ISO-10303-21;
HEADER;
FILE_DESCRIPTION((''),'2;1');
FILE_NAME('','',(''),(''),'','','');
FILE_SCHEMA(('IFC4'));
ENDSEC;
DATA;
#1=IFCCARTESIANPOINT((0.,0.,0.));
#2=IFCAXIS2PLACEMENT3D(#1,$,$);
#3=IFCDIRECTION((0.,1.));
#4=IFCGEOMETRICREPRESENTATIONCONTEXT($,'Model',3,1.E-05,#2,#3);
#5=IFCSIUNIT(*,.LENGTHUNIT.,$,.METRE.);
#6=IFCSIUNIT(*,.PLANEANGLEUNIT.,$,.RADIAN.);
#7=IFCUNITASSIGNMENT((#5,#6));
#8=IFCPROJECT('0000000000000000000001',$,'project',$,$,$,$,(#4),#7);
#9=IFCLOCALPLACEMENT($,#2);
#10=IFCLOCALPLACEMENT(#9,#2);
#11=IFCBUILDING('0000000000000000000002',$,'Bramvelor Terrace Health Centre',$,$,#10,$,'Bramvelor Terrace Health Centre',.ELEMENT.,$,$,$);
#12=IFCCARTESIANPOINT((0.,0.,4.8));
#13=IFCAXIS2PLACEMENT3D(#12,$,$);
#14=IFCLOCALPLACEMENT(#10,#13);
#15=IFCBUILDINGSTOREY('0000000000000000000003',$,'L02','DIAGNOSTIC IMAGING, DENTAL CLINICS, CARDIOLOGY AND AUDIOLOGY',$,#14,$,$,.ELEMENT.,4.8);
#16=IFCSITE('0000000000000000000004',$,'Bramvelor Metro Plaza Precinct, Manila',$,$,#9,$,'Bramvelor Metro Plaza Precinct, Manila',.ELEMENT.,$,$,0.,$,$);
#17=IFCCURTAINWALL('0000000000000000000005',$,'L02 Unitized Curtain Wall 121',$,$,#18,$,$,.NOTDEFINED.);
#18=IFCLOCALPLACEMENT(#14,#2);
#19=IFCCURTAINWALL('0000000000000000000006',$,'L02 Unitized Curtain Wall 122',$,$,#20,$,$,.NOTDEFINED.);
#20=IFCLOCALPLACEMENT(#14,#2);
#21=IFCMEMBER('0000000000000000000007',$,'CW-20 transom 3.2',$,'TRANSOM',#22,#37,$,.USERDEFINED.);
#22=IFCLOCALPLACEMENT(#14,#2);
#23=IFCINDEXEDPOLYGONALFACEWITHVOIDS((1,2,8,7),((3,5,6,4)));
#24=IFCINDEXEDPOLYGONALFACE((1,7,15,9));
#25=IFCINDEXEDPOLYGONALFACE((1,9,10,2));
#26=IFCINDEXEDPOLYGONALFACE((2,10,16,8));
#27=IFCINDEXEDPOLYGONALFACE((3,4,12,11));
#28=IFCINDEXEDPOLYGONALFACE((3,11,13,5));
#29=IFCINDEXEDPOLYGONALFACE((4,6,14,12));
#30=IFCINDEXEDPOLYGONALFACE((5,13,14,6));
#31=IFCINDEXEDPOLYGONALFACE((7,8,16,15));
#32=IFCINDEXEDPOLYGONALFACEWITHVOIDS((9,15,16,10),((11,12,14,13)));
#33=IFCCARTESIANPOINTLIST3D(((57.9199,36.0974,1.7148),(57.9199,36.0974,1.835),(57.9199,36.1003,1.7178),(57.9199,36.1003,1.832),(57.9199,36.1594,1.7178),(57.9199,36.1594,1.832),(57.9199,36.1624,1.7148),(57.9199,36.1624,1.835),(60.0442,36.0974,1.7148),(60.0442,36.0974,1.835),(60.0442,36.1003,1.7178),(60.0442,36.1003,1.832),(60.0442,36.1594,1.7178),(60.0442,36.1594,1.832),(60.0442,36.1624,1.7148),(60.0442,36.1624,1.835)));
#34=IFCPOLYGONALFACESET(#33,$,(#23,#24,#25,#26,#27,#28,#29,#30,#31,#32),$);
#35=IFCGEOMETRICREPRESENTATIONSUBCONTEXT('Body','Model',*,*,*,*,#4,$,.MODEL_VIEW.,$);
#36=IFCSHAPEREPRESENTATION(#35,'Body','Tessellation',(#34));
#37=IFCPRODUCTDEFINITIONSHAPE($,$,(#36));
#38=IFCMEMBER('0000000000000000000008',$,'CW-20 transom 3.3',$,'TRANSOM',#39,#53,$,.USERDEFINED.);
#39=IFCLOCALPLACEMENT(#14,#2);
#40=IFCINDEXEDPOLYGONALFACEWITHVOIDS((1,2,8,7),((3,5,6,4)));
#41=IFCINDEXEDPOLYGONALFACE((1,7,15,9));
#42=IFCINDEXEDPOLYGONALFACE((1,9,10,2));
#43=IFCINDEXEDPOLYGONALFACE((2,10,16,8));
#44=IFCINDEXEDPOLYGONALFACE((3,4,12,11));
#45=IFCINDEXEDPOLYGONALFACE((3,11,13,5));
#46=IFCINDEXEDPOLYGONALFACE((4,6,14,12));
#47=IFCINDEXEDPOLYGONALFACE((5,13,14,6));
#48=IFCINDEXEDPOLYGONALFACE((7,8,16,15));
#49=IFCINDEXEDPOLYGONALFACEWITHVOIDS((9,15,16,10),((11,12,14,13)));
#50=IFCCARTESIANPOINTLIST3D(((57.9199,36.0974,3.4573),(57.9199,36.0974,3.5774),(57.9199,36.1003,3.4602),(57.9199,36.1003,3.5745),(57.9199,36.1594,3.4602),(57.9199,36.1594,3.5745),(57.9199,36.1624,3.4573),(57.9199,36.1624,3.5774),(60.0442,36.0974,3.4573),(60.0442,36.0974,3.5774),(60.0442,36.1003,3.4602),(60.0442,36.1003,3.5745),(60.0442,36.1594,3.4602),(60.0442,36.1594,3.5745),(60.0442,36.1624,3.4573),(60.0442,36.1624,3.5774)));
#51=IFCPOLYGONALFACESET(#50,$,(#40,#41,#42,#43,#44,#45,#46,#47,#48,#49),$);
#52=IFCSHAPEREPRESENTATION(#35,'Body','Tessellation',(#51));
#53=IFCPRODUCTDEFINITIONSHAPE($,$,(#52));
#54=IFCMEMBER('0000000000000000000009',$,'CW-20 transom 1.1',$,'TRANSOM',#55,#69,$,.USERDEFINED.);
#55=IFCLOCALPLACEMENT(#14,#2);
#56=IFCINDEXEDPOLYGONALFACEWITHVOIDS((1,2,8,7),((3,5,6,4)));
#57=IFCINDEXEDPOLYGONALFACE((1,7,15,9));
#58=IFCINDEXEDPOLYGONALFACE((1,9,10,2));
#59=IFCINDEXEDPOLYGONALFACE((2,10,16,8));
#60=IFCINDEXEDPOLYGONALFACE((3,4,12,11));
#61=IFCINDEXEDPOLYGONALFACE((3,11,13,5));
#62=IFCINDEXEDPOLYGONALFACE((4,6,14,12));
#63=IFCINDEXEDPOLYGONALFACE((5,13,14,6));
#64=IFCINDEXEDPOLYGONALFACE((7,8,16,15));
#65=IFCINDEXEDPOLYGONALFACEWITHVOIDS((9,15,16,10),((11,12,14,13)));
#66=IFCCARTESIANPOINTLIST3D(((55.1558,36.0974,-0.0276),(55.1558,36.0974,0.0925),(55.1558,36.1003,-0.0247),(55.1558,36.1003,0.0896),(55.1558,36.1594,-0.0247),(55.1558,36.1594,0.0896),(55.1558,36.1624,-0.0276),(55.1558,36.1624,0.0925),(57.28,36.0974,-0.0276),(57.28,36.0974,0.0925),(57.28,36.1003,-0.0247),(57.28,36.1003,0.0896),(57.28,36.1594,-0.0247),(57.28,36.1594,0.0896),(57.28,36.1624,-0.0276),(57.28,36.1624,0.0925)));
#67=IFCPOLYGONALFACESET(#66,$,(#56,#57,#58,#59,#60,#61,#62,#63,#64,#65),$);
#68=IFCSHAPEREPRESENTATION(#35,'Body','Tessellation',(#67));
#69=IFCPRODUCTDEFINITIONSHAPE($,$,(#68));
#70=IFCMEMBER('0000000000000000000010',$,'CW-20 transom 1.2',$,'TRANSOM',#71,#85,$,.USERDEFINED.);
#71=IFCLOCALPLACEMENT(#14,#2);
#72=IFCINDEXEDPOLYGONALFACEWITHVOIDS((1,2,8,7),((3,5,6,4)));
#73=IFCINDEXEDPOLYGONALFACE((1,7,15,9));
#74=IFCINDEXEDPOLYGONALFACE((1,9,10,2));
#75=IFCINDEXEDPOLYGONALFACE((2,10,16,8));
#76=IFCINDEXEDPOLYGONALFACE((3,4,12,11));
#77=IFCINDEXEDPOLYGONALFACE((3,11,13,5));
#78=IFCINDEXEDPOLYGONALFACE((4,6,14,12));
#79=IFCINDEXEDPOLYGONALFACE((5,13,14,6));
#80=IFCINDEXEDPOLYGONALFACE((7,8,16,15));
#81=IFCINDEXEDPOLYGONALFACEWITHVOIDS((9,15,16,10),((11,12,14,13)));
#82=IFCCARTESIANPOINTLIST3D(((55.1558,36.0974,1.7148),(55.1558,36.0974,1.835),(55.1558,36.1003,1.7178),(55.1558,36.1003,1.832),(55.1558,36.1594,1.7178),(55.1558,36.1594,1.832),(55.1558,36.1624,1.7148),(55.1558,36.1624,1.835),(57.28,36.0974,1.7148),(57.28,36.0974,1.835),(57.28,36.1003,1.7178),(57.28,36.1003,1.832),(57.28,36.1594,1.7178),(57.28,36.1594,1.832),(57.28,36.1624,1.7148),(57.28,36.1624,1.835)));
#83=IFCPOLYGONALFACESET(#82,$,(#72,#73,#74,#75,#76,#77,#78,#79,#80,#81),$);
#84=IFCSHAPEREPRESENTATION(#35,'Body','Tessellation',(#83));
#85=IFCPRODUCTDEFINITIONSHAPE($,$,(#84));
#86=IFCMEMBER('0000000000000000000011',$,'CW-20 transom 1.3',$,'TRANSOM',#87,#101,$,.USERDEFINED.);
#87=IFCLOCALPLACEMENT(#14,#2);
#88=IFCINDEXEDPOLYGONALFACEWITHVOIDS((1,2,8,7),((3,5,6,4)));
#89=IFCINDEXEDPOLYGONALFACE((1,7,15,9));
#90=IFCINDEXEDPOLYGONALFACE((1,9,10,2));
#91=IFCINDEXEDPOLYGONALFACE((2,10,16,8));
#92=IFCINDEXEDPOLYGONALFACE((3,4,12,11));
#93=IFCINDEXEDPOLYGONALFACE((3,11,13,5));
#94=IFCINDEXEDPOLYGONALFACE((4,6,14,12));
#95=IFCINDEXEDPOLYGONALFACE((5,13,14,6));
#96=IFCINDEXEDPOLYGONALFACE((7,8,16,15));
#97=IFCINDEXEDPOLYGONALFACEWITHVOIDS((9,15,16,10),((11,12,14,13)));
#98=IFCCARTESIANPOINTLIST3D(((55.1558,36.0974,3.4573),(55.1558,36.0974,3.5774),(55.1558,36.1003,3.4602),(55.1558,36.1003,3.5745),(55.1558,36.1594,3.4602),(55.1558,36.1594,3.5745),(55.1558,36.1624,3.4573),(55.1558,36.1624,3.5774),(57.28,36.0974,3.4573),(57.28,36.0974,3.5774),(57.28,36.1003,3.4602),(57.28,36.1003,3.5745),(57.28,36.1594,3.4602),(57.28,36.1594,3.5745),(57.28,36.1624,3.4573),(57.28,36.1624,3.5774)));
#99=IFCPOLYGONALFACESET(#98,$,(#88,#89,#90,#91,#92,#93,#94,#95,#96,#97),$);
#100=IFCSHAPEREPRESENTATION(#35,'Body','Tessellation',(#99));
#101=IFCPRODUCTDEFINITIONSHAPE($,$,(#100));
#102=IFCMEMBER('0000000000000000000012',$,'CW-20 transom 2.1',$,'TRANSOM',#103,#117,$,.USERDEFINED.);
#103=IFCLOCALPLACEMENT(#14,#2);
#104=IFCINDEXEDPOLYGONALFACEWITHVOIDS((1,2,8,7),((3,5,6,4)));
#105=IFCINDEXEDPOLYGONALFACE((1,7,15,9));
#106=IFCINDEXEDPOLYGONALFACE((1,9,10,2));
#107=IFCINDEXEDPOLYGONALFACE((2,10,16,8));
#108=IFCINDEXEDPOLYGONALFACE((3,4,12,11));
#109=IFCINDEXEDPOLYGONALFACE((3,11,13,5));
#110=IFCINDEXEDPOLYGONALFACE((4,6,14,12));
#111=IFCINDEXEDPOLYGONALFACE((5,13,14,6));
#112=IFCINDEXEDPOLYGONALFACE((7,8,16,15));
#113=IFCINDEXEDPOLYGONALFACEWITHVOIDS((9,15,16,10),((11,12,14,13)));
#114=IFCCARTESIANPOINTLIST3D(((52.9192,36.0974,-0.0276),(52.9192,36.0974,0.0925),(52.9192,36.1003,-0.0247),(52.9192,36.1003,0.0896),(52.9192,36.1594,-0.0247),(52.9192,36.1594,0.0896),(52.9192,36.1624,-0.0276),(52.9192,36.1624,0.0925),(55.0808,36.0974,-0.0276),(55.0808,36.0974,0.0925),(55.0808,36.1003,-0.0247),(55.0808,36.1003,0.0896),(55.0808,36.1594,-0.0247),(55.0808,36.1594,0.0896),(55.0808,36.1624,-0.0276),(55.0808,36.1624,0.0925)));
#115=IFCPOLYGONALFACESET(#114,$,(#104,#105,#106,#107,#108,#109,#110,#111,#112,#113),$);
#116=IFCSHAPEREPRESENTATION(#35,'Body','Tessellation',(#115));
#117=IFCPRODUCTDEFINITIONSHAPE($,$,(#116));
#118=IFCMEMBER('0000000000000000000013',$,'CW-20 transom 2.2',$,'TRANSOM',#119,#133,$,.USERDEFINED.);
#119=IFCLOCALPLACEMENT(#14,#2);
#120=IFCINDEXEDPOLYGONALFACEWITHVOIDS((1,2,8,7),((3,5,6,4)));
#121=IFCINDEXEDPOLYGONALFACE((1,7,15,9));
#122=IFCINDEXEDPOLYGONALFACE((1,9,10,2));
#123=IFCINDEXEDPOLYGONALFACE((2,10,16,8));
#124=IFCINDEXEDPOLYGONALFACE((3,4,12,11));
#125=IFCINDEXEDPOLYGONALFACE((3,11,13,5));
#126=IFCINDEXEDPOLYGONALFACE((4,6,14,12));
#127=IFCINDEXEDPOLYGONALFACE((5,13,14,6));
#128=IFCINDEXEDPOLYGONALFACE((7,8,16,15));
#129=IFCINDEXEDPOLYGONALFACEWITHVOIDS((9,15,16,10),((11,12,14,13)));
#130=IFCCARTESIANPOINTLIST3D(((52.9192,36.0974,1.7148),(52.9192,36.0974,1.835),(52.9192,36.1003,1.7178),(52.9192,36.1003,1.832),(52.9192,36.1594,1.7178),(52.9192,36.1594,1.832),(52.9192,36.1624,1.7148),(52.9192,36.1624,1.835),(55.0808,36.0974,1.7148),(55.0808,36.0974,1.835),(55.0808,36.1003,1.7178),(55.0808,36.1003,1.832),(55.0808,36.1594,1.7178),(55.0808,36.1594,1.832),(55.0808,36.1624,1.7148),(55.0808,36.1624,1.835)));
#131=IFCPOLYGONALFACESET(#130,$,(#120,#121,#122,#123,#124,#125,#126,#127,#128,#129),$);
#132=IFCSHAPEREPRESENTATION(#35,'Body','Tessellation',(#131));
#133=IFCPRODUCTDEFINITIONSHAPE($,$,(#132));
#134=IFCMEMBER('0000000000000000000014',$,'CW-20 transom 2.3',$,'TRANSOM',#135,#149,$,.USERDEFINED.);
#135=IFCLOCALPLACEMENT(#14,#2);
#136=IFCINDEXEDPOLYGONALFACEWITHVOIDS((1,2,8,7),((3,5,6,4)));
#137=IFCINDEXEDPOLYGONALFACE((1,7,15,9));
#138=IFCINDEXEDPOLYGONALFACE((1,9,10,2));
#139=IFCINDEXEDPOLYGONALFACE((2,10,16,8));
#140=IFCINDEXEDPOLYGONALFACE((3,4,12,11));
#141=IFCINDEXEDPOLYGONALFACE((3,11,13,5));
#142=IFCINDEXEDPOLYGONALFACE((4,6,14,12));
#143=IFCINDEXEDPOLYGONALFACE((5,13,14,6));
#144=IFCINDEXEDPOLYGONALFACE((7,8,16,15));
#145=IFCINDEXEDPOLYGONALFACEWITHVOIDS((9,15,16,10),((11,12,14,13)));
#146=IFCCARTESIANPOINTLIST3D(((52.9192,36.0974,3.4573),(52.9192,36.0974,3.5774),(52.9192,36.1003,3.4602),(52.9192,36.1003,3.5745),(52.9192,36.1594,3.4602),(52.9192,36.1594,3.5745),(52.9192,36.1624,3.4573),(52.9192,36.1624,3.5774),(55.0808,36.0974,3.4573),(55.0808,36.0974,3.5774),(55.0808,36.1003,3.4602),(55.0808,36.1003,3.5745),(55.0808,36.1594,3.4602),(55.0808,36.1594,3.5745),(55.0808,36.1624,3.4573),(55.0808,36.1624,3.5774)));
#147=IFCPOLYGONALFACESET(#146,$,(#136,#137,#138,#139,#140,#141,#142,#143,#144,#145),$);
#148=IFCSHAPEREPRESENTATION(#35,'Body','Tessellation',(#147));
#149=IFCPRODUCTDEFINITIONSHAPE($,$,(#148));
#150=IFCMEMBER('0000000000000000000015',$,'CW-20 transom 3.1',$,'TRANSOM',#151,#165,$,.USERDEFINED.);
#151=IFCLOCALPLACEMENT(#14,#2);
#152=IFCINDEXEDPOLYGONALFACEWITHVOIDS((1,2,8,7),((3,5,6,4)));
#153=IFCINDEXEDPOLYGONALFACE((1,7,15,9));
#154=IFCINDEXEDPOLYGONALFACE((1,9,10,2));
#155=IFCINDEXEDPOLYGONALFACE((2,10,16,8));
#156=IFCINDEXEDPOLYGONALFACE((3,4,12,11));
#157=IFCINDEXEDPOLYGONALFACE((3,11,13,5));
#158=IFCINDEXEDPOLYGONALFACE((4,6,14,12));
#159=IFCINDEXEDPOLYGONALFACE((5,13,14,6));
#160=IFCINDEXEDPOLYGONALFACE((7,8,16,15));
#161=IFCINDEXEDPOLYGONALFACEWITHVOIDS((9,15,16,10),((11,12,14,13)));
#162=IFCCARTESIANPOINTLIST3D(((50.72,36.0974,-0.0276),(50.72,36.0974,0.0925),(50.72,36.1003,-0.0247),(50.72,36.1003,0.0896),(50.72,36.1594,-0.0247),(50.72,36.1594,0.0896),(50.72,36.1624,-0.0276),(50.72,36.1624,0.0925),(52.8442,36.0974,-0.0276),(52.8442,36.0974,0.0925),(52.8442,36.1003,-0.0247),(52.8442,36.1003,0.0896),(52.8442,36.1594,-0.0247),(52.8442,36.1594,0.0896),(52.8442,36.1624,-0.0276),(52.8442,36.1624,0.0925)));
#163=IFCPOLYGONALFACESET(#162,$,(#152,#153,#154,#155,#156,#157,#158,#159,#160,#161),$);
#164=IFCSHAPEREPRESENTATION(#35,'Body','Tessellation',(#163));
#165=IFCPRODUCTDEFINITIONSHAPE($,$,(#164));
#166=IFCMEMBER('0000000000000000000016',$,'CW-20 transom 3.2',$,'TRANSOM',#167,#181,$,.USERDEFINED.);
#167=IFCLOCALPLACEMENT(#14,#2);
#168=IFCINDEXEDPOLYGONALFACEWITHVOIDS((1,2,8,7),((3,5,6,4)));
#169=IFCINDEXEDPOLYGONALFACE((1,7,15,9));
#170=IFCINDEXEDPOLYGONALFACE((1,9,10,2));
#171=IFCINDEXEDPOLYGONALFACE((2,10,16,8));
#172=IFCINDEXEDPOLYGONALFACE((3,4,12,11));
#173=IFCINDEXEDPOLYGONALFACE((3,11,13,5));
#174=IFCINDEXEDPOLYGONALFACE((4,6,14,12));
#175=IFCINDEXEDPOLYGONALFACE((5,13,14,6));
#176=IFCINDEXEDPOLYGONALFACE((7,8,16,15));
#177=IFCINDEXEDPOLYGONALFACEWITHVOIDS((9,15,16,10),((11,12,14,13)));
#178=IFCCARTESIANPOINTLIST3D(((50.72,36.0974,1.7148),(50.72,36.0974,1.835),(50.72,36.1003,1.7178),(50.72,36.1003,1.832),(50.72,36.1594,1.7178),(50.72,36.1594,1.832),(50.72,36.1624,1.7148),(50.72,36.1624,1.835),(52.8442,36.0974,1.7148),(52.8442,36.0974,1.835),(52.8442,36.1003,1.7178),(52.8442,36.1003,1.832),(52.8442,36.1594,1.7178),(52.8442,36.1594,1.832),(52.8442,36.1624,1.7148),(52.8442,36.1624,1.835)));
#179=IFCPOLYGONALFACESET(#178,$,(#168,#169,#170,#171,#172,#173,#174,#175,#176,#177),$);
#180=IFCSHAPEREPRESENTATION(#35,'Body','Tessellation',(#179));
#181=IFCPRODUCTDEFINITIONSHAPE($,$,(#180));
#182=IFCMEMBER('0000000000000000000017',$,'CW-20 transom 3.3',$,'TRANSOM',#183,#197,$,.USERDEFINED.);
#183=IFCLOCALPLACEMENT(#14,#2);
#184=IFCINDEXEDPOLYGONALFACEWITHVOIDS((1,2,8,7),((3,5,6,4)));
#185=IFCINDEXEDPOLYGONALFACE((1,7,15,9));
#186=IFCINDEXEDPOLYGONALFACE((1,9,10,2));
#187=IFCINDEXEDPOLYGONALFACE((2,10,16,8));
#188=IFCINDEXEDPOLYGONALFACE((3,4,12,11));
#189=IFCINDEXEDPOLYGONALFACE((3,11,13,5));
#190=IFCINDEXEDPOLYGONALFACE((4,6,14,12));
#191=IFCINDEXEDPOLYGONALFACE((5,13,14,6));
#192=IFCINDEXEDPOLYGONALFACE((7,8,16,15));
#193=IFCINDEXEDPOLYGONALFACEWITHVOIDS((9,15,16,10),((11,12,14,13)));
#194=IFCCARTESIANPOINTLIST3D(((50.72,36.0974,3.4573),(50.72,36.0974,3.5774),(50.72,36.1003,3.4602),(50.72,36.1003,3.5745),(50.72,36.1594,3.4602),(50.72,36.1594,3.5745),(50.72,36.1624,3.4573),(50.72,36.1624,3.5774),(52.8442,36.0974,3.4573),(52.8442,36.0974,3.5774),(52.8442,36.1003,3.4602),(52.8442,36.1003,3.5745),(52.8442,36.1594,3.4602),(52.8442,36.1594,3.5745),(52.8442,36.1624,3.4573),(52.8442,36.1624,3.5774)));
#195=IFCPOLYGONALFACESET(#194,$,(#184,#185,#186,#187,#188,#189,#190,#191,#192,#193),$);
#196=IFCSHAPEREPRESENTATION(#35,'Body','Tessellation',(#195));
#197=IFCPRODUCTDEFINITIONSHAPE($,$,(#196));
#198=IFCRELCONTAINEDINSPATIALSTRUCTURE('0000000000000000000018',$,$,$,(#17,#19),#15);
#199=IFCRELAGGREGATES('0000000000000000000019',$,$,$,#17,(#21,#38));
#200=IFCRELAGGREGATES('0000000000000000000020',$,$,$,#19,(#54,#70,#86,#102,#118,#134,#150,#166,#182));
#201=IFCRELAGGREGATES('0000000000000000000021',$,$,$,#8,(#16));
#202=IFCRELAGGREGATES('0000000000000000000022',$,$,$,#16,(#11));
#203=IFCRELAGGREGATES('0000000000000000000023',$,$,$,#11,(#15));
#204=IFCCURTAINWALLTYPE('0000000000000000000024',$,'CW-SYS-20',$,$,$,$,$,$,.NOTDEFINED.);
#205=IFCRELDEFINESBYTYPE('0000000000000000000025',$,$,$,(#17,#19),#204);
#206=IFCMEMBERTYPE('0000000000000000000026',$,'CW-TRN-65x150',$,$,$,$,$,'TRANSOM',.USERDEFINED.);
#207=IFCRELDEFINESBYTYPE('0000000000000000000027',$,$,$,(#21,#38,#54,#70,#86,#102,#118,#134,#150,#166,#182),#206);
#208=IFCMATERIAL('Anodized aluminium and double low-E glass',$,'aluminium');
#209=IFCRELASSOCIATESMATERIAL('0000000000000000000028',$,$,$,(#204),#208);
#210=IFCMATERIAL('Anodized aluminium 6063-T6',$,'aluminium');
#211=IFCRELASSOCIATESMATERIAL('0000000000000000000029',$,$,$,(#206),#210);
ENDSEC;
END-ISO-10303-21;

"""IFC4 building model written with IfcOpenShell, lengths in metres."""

from ifc_helpers import new_model, si_unit, direction, frame, origin, origin_2d, place, context, subcontext, project, spatial, hollow_rectangle, extrude, material, material_profile, profile_set, type_object, element, aggregate, save


model = new_model("IFC4")

# Units and contexts
model_context = context("Model", 3, precision=1e-05, world=origin(), true_north=direction((0.0, 1.0)))
body_context = subcontext(model_context, "Body", "Model", "MODEL_VIEW")
ifc_project = project(units=[si_unit("LENGTHUNIT", "METRE"), si_unit("PLANEANGLEUNIT", "RADIAN")], contexts=[model_context])

# Site, building, storey
site_placement = place(None, origin())
site = spatial("IfcSite", under=ifc_project, at=site_placement, Name="Bramvelor Metro Plaza Precinct, Manila", LongName="Bramvelor Metro Plaza Precinct, Manila", CompositionType="ELEMENT", RefElevation=0.0)
building_placement = place(site_placement, origin())
building = spatial("IfcBuilding", under=site, at=building_placement, Name="Bramvelor Terrace Health Centre", LongName="Bramvelor Terrace Health Centre", CompositionType="ELEMENT")
storey_placement = place(building_placement, frame((0.0, 0.0, 4.8)))
storey = spatial("IfcBuildingStorey", under=building, at=storey_placement, Name="L02", Description="DIAGNOSTIC IMAGING, DENTAL CLINICS, CARDIOLOGY AND AUDIOLOGY", CompositionType="ELEMENT", Elevation=4.8)

# Curtain walls
ifc_material_1 = material(Name="Anodized aluminium and double low-E glass", Category="aluminium")
curtain_wall_type = type_object("IfcCurtainWallType", Name="CW-SYS-20", PredefinedType="NOTDEFINED", material=ifc_material_1)
curtain_wall_1_placement = place(storey_placement, origin())
curtain_wall_1 = element("IfcCurtainWall", 1, at=curtain_wall_1_placement, inside=storey, type_object=curtain_wall_type, Name="L02 Unitized Curtain Wall 121", PredefinedType="NOTDEFINED")
curtain_wall_2_placement = place(storey_placement, origin())
curtain_wall_2 = element("IfcCurtainWall", 2, at=curtain_wall_2_placement, inside=storey, type_object=curtain_wall_type, Name="L02 Unitized Curtain Wall 122", PredefinedType="NOTDEFINED")

# Members
ifc_material_2 = material(Name="Anodized aluminium 6063-T6", Category="aluminium")
ifc_material_profile_1 = material_profile(ifc_material_2, hollow_rectangle(XDim=0.0649, YDim=0.1201, WallThickness=0.0029, at=origin_2d()), Name="ALU-TRN 65x120x3.0")
ifc_profile_set_1 = profile_set([ifc_material_profile_1], Name="Anodized aluminium 6063-T6")
member_type_1 = type_object("IfcMemberType", Name="CW-TRN-65x150", ElementType="TRANSOM", PredefinedType="USERDEFINED", material=ifc_profile_set_1)
member_1_placement = place(storey_placement, frame((60.0442, 36.1299, 1.7749), z_axis=(-1.0, 0.0, 0.0), x_axis=(0.0, -1.0, 0.0)))
member_1 = element("IfcMember", 3, at=member_1_placement, type_object=member_type_1, Name="CW-20 transom 3.2", ObjectType="TRANSOM", PredefinedType="USERDEFINED", context=body_context, shape_type="SweptSolid", body=[
    extrude(hollow_rectangle(XDim=0.0649, YDim=0.1201, WallThickness=0.0029, at=origin_2d()), origin(), (0.0, 0.0, 1.0), 2.1243),
])
member_2_placement = place(storey_placement, frame((60.0442, 36.1299, 3.5173), z_axis=(-1.0, 0.0, 0.0), x_axis=(0.0, -1.0, 0.0)))
member_2 = element("IfcMember", 4, at=member_2_placement, type_object=member_type_1, Name="CW-20 transom 3.3", ObjectType="TRANSOM", PredefinedType="USERDEFINED", context=body_context, shape_type="SweptSolid", body=[
    extrude(hollow_rectangle(XDim=0.0649, YDim=0.1201, WallThickness=0.0029, at=origin_2d()), origin(), (0.0, 0.0, 1.0), 2.1243),
])
member_3_placement = place(storey_placement, frame((57.28, 36.1299, 0.0325), z_axis=(-1.0, 0.0, 0.0), x_axis=(0.0, -1.0, 0.0)))
member_3 = element("IfcMember", 5, at=member_3_placement, type_object=member_type_1, Name="CW-20 transom 1.1", ObjectType="TRANSOM", PredefinedType="USERDEFINED", context=body_context, shape_type="SweptSolid", body=[
    extrude(hollow_rectangle(XDim=0.0649, YDim=0.1201, WallThickness=0.0029, at=origin_2d()), origin(), (0.0, 0.0, 1.0), 2.1243),
])
member_4_placement = place(storey_placement, frame((57.28, 36.1299, 1.7749), z_axis=(-1.0, 0.0, 0.0), x_axis=(0.0, -1.0, 0.0)))
member_4 = element("IfcMember", 6, at=member_4_placement, type_object=member_type_1, Name="CW-20 transom 1.2", ObjectType="TRANSOM", PredefinedType="USERDEFINED", context=body_context, shape_type="SweptSolid", body=[
    extrude(hollow_rectangle(XDim=0.0649, YDim=0.1201, WallThickness=0.0029, at=origin_2d()), origin(), (0.0, 0.0, 1.0), 2.1243),
])
member_5_placement = place(storey_placement, frame((57.28, 36.1299, 3.5173), z_axis=(-1.0, 0.0, 0.0), x_axis=(0.0, -1.0, 0.0)))
member_5 = element("IfcMember", 7, at=member_5_placement, type_object=member_type_1, Name="CW-20 transom 1.3", ObjectType="TRANSOM", PredefinedType="USERDEFINED", context=body_context, shape_type="SweptSolid", body=[
    extrude(hollow_rectangle(XDim=0.0649, YDim=0.1201, WallThickness=0.0029, at=origin_2d()), origin(), (0.0, 0.0, 1.0), 2.1243),
])
member_6_placement = place(storey_placement, frame((55.0808, 36.1299, 0.0325), z_axis=(-1.0, 0.0, 0.0), x_axis=(0.0, -1.0, 0.0)))
member_6 = element("IfcMember", 8, at=member_6_placement, type_object=member_type_1, Name="CW-20 transom 2.1", ObjectType="TRANSOM", PredefinedType="USERDEFINED", context=body_context, shape_type="SweptSolid", body=[
    extrude(hollow_rectangle(XDim=0.0649, YDim=0.1201, WallThickness=0.0029, at=origin_2d()), origin(), (0.0, 0.0, 1.0), 2.1616),
])
member_7_placement = place(storey_placement, frame((55.0808, 36.1299, 1.7749), z_axis=(-1.0, 0.0, 0.0), x_axis=(0.0, -1.0, 0.0)))
member_7 = element("IfcMember", 9, at=member_7_placement, type_object=member_type_1, Name="CW-20 transom 2.2", ObjectType="TRANSOM", PredefinedType="USERDEFINED", context=body_context, shape_type="SweptSolid", body=[
    extrude(hollow_rectangle(XDim=0.0649, YDim=0.1201, WallThickness=0.0029, at=origin_2d()), origin(), (0.0, 0.0, 1.0), 2.1616),
])
member_8_placement = place(storey_placement, frame((55.0808, 36.1299, 3.5173), z_axis=(-1.0, 0.0, 0.0), x_axis=(0.0, -1.0, 0.0)))
member_8 = element("IfcMember", 10, at=member_8_placement, type_object=member_type_1, Name="CW-20 transom 2.3", ObjectType="TRANSOM", PredefinedType="USERDEFINED", context=body_context, shape_type="SweptSolid", body=[
    extrude(hollow_rectangle(XDim=0.0649, YDim=0.1201, WallThickness=0.0029, at=origin_2d()), origin(), (0.0, 0.0, 1.0), 2.1616),
])
member_9_placement = place(storey_placement, frame((52.8442, 36.1299, 0.0325), z_axis=(-1.0, 0.0, 0.0), x_axis=(0.0, -1.0, 0.0)))
member_9 = element("IfcMember", 11, at=member_9_placement, type_object=member_type_1, Name="CW-20 transom 3.1", ObjectType="TRANSOM", PredefinedType="USERDEFINED", context=body_context, shape_type="SweptSolid", body=[
    extrude(hollow_rectangle(XDim=0.0649, YDim=0.1201, WallThickness=0.0029, at=origin_2d()), origin(), (0.0, 0.0, 1.0), 2.1243),
])
member_10_placement = place(storey_placement, frame((52.8442, 36.1299, 1.7749), z_axis=(-1.0, 0.0, 0.0), x_axis=(0.0, -1.0, 0.0)))
member_10 = element("IfcMember", 12, at=member_10_placement, type_object=member_type_1, Name="CW-20 transom 3.2", ObjectType="TRANSOM", PredefinedType="USERDEFINED", context=body_context, shape_type="SweptSolid", body=[
    extrude(hollow_rectangle(XDim=0.0649, YDim=0.1201, WallThickness=0.0029, at=origin_2d()), origin(), (0.0, 0.0, 1.0), 2.1243),
])
member_11_placement = place(storey_placement, frame((52.8442, 36.1299, 3.5173), z_axis=(-1.0, 0.0, 0.0), x_axis=(0.0, -1.0, 0.0)))
member_11 = element("IfcMember", 13, at=member_11_placement, type_object=member_type_1, Name="CW-20 transom 3.3", ObjectType="TRANSOM", PredefinedType="USERDEFINED", context=body_context, shape_type="SweptSolid", body=[
    extrude(hollow_rectangle(XDim=0.0649, YDim=0.1201, WallThickness=0.0029, at=origin_2d()), origin(), (0.0, 0.0, 1.0), 2.1243),
])

aggregate(curtain_wall_1, [member_1, member_2])
aggregate(curtain_wall_2, [member_3, member_4, member_5, member_6, member_7, member_8, member_9, member_10, member_11])

save(model, "model.ifc")
